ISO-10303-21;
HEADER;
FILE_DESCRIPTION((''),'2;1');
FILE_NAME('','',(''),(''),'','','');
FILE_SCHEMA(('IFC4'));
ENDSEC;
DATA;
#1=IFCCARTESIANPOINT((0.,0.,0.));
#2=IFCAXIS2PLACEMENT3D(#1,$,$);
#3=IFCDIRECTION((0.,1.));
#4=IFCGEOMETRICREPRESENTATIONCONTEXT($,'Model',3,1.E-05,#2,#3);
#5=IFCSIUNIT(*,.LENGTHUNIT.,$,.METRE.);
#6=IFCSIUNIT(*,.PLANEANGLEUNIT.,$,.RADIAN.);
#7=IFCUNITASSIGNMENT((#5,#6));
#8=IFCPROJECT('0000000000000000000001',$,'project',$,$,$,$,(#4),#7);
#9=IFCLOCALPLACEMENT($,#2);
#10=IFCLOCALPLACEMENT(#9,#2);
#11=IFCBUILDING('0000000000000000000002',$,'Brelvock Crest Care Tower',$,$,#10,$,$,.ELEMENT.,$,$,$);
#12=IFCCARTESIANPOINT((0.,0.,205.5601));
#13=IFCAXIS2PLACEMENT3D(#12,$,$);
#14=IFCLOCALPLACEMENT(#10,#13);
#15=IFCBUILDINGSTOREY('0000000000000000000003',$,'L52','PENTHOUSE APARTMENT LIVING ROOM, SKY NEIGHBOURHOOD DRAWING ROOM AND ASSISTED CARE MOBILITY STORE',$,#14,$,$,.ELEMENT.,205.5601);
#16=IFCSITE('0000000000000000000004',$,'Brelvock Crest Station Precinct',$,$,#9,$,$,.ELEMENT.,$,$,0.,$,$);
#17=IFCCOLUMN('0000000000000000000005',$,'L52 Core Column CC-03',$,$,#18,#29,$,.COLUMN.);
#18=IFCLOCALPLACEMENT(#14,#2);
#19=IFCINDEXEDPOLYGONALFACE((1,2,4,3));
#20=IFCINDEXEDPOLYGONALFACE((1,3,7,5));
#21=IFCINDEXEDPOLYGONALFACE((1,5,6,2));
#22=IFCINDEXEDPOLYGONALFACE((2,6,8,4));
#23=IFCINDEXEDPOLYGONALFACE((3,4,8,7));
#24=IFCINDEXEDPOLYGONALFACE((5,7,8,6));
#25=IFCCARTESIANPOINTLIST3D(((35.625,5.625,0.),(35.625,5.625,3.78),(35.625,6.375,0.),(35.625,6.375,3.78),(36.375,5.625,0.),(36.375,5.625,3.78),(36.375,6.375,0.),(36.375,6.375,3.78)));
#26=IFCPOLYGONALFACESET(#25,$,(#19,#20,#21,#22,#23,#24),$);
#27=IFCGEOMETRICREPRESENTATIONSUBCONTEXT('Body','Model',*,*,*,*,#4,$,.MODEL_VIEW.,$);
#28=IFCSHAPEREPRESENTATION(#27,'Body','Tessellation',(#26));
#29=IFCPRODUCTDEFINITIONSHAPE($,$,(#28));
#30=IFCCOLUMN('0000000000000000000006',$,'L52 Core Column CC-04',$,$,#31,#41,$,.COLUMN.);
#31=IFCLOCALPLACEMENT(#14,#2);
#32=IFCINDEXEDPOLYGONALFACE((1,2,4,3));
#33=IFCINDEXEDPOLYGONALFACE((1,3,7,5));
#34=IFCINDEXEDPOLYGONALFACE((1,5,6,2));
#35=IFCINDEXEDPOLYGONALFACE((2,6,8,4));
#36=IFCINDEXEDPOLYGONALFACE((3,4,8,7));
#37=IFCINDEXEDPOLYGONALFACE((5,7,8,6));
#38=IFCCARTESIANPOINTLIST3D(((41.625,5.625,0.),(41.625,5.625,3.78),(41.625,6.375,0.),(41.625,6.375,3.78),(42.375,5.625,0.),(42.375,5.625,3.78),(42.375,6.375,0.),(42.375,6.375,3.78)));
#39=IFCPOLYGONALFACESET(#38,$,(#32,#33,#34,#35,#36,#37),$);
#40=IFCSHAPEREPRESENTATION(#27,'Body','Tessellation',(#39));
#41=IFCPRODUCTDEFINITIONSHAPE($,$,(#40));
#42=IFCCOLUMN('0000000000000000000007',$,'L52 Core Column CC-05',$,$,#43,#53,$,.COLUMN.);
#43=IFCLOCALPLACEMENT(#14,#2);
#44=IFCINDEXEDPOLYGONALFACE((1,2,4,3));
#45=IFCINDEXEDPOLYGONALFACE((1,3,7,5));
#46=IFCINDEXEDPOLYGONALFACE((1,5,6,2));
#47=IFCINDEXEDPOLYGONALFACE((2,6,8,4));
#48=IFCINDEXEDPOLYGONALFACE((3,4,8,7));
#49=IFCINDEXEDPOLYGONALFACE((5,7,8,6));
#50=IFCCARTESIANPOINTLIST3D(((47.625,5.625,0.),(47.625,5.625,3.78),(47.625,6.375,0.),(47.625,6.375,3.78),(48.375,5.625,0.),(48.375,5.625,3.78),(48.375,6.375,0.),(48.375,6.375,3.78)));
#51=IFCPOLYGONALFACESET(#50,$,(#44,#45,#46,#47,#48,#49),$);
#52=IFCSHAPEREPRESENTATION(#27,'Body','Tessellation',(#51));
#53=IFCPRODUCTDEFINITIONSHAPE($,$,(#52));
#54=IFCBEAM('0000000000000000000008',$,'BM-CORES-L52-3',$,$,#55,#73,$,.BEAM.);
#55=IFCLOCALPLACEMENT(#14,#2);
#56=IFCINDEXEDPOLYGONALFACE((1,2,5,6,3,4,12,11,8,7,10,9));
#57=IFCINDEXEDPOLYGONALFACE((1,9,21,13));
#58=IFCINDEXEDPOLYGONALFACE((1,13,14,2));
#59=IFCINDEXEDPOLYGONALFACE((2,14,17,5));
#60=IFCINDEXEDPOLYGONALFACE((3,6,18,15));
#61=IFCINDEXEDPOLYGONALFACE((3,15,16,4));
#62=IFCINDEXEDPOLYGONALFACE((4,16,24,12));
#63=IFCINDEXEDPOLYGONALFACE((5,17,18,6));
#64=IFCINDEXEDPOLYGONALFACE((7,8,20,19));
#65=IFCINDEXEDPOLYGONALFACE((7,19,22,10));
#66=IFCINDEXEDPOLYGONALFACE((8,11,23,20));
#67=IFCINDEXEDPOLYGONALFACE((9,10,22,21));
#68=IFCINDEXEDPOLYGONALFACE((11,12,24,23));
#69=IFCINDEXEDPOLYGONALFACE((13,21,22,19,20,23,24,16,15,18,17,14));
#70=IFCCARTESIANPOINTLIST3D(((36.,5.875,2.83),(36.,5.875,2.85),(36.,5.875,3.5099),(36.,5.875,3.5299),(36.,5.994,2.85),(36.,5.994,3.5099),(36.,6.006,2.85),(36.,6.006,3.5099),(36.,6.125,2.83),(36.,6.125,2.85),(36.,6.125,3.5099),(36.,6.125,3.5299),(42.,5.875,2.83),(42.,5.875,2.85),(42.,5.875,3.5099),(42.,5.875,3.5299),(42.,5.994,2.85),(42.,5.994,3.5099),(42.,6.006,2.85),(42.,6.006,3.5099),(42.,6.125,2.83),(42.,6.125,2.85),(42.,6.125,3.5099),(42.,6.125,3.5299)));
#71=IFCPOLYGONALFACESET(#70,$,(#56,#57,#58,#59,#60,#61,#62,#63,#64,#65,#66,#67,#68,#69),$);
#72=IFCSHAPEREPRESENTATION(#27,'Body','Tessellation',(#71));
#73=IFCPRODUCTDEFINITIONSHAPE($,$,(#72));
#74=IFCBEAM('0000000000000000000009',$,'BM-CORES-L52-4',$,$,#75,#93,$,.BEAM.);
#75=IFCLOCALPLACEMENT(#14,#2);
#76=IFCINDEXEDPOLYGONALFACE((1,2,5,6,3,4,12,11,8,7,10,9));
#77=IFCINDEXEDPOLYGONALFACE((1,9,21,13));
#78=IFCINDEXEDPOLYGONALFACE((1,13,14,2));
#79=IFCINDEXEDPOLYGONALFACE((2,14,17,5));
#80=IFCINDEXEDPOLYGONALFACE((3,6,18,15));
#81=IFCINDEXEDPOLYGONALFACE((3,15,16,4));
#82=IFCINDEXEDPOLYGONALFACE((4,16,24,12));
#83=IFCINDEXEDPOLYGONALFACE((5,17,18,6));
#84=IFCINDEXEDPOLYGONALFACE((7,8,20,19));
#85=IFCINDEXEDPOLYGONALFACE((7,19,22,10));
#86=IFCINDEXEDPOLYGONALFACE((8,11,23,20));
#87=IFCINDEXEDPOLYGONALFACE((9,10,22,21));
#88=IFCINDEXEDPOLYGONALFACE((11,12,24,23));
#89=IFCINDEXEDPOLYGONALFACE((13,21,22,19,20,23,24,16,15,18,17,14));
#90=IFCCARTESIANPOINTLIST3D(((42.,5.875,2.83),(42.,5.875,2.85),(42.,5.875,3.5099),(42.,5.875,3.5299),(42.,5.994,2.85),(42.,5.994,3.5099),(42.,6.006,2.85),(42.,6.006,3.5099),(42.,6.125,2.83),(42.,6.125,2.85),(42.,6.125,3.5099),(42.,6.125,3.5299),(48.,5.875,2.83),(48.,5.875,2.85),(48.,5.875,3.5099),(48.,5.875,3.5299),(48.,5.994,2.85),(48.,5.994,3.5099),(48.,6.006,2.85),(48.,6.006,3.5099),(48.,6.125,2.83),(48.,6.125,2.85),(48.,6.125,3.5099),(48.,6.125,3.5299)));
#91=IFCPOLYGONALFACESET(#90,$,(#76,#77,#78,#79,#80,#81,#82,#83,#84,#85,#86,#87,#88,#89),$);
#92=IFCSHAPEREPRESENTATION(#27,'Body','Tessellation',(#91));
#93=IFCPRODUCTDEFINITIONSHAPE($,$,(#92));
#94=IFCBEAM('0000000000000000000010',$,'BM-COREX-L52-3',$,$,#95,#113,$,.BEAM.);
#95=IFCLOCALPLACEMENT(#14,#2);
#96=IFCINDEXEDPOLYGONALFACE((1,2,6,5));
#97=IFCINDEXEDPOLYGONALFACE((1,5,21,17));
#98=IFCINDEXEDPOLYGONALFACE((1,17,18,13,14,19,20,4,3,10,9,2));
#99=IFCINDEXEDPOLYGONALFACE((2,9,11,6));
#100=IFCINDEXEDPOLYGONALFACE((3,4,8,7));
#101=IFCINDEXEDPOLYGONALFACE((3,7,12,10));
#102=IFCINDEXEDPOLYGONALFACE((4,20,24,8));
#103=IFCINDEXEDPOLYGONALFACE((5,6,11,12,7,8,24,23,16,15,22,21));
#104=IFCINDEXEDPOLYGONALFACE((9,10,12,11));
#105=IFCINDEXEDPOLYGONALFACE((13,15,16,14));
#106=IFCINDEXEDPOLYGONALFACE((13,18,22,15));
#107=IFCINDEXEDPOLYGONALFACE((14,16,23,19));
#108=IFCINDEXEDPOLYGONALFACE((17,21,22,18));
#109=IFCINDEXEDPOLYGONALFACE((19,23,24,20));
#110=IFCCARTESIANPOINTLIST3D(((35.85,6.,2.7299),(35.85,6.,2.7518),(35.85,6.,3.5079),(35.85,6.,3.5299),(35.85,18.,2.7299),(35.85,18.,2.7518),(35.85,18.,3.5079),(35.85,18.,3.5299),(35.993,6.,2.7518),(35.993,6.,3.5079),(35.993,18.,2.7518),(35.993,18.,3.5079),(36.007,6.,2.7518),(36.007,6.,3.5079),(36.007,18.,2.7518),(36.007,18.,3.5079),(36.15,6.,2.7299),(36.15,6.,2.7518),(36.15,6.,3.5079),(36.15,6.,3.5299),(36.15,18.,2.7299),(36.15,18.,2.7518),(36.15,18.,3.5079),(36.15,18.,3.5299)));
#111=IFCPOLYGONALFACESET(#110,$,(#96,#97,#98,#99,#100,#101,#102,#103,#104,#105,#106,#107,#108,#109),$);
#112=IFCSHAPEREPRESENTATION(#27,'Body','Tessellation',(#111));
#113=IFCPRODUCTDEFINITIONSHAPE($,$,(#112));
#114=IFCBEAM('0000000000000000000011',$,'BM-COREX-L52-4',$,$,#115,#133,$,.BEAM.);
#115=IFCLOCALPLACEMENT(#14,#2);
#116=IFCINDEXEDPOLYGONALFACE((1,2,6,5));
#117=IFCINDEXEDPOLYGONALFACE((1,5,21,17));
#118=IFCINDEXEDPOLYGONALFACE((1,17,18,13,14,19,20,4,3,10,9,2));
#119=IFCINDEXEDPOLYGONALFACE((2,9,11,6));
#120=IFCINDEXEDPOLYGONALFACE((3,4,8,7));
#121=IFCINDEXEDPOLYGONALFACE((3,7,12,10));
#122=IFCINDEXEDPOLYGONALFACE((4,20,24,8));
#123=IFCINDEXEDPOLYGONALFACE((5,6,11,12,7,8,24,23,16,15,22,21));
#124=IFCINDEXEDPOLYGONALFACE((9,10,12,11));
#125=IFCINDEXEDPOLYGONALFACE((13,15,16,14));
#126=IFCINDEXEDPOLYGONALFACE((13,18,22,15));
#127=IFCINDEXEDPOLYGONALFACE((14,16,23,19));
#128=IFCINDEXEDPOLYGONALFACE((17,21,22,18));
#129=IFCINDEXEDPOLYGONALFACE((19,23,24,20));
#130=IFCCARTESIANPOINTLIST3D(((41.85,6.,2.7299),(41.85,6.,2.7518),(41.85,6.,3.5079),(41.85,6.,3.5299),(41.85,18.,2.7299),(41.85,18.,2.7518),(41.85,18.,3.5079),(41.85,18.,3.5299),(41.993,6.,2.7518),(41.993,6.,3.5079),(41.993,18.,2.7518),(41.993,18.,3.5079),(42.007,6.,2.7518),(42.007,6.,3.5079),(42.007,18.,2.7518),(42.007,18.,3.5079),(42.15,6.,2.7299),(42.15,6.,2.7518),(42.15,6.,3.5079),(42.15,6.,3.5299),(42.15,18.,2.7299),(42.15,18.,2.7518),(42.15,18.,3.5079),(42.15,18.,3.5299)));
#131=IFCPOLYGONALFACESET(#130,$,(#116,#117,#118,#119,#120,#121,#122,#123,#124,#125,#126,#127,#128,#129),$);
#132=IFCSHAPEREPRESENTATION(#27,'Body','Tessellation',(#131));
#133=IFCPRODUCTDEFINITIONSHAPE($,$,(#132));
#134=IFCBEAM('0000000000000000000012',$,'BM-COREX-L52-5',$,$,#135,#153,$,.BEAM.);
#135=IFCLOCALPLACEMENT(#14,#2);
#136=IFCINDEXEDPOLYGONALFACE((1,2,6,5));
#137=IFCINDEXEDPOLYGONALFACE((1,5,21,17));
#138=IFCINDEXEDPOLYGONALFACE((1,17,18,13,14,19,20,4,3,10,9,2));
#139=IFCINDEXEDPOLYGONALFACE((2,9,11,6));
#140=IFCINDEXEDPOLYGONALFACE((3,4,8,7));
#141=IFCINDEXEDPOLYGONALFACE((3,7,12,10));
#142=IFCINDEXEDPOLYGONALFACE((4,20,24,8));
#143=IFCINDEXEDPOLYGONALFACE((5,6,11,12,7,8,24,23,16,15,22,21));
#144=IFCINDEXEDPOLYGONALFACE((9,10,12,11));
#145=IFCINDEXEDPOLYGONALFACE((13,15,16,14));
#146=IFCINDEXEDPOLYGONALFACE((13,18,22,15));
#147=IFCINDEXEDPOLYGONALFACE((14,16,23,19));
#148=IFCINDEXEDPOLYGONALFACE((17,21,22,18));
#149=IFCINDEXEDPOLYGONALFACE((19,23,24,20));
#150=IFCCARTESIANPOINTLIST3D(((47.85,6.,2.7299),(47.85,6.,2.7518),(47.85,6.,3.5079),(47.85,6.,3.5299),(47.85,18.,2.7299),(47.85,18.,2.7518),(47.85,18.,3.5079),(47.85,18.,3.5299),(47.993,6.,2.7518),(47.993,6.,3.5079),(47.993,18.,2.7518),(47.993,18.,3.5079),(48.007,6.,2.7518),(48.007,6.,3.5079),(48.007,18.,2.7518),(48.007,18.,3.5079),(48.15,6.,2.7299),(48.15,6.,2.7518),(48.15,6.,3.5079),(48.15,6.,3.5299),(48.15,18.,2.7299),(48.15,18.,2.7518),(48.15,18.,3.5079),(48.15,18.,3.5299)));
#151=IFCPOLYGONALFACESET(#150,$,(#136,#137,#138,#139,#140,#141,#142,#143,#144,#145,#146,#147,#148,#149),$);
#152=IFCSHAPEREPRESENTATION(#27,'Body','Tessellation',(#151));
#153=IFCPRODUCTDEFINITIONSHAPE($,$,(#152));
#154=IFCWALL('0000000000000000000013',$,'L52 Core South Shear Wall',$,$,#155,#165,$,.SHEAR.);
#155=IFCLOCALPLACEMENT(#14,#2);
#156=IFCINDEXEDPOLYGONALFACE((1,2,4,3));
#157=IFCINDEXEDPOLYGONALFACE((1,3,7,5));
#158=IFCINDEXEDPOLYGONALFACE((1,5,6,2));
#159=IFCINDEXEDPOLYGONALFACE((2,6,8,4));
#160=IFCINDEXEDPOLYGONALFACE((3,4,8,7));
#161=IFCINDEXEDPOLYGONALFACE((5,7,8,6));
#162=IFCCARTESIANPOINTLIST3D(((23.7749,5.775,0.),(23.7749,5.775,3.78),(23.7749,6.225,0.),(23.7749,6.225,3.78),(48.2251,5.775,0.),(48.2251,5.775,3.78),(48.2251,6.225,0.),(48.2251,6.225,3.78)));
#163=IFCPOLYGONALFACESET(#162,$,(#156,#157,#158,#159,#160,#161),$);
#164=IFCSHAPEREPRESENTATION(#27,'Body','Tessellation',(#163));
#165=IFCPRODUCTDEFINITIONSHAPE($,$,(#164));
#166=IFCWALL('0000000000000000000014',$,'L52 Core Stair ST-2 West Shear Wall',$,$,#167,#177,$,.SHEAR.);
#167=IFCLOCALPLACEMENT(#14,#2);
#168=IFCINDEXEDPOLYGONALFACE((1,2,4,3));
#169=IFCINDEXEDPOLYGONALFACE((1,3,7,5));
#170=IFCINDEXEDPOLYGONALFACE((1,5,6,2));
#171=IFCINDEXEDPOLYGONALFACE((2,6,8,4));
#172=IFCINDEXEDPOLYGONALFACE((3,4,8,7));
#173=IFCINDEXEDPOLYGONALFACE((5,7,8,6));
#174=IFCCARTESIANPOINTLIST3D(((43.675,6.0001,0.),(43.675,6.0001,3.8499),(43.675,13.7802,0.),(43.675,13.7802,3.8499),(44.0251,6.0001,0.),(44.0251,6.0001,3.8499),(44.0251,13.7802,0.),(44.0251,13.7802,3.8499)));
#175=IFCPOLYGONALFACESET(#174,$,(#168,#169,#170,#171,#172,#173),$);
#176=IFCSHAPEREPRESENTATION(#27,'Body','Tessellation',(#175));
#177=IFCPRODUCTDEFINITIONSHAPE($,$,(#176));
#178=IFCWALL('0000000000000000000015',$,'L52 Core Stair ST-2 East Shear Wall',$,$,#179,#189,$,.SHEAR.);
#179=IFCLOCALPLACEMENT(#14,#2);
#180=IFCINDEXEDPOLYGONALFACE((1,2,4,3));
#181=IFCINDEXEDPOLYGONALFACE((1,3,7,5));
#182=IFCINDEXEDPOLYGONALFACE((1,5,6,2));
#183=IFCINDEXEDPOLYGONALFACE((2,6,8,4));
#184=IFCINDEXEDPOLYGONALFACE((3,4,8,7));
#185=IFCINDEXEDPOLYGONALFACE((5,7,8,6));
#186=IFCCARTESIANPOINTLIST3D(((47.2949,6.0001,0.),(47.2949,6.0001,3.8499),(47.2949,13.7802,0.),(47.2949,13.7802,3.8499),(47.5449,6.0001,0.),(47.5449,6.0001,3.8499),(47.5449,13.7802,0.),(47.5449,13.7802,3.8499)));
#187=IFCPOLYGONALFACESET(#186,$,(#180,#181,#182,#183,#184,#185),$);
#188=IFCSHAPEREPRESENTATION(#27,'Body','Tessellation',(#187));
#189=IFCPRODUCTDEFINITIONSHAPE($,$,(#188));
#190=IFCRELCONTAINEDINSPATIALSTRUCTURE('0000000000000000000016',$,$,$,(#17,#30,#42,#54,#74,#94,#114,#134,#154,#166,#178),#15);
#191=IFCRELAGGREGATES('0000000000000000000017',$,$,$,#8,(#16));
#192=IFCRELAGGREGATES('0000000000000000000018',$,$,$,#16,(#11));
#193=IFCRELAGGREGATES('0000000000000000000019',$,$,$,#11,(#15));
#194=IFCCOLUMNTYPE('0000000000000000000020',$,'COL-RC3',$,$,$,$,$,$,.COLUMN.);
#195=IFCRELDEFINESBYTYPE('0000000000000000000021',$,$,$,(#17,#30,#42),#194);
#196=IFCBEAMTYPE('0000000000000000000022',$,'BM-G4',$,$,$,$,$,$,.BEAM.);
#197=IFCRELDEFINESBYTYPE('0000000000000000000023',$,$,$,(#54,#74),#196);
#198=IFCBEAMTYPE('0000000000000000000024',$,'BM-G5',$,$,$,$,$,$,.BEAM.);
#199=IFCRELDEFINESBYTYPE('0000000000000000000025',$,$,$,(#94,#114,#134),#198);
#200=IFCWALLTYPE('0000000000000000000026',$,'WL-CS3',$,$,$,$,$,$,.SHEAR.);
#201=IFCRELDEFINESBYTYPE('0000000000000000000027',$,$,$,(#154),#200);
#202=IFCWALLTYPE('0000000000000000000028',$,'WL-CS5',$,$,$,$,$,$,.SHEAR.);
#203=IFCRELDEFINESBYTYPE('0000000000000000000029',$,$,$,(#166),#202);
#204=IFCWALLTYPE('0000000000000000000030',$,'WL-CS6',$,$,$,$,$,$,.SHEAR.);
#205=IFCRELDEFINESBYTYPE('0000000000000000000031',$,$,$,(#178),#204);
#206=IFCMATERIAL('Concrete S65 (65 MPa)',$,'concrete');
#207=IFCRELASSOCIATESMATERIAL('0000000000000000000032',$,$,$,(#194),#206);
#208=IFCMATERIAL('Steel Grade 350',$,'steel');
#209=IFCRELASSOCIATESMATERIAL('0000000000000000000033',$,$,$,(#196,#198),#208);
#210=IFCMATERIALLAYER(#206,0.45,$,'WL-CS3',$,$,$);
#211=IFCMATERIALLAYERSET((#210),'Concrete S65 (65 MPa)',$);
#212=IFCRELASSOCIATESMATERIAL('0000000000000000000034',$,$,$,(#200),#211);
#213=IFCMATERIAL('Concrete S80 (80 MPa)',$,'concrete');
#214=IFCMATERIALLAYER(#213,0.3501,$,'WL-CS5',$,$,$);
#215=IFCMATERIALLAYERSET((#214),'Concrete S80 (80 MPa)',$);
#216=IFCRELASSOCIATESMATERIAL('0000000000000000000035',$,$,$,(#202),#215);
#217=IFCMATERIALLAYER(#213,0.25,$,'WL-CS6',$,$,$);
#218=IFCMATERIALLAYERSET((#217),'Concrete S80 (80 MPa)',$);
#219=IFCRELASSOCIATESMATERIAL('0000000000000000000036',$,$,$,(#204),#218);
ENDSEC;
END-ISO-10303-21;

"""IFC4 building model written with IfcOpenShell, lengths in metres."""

from ifc_helpers import new_model, si_unit, direction, frame, frame_2d, origin, origin_2d, place, context, subcontext, project, spatial, rectangle, i_section, extrude, source, transform, mapped, material, layer, layer_set, material_profile, profile_set, type_object, element, save


model = new_model("IFC4")

# Units and contexts
model_context = context("Model", 3, precision=1e-05, world=origin(), true_north=direction((0.0, 1.0)))
body_context = subcontext(model_context, "Body", "Model", "MODEL_VIEW")
ifc_project = project(units=[si_unit("LENGTHUNIT", "METRE"), si_unit("PLANEANGLEUNIT", "RADIAN")], contexts=[model_context])

# Site, building, storey
site_placement = place(None, origin())
site = spatial("IfcSite", under=ifc_project, at=site_placement, Name="Brelvock Crest Station Precinct", CompositionType="ELEMENT", RefElevation=0.0)
building_placement = place(site_placement, origin())
building = spatial("IfcBuilding", under=site, at=building_placement, Name="Brelvock Crest Care Tower", CompositionType="ELEMENT")
storey_placement = place(building_placement, frame((0.0, 0.0, 205.5601)))
storey = spatial("IfcBuildingStorey", under=building, at=storey_placement, Name="L52", Description="PENTHOUSE APARTMENT LIVING ROOM, SKY NEIGHBOURHOOD DRAWING ROOM AND ASSISTED CARE MOBILITY STORE", CompositionType="ELEMENT", Elevation=205.5601)

# Columns
ifc_material_1 = material(Name="Concrete S65 (65 MPa)", Category="concrete")
ifc_material_profile_1 = material_profile(ifc_material_1, rectangle(XDim=0.75, YDim=0.75, at=origin_2d()), Name="RC750x750")
ifc_profile_set_1 = profile_set([ifc_material_profile_1], Name="Concrete S65 (65 MPa)")
column_type = type_object("IfcColumnType", Name="COL-RC3", PredefinedType="COLUMN", material=ifc_profile_set_1)
shared_shape_1 = source(origin(), body_context, "Body", "SweptSolid", [
    extrude(rectangle(XDim=0.75, YDim=0.75, at=origin_2d()), origin(), (0.0, 0.0, 1.0), 3.78),
])
for number, where, z_axis, x_axis, name in (
    (1, (36.0, 6.0, 0.0), (0.0, 0.0, 1.0), (1.0, 0.0, 0.0), "L52 Core Column CC-03"),
    (2, (42.0, 6.0, 0.0), (0.0, 0.0, 1.0), (1.0, 0.0, 0.0), "L52 Core Column CC-04"),
    (3, (48.0, 6.0, 0.0), (0.0, 0.0, 1.0), (1.0, 0.0, 0.0), "L52 Core Column CC-05"),
):
    element("IfcColumn", number, at=place(storey_placement, frame(where, z_axis=z_axis, x_axis=x_axis)), inside=storey, type_object=column_type, Name=name, PredefinedType="COLUMN", context=body_context, shape_type="MappedRepresentation", body=[
        mapped(shared_shape_1, transform((0.0, 0.0, 0.0), x_axis=(1.0, 0.0, 0.0), y_axis=(0.0, 1.0, 0.0), z_axis=(0.0, 0.0, 1.0), scale=1.0)),
    ])

# Beams
ifc_material_2 = material(Name="Steel Grade 350", Category="steel")
ifc_material_profile_2 = material_profile(ifc_material_2, i_section(OverallWidth=0.25, OverallDepth=0.7, WebThickness=0.012, FlangeThickness=0.02, at=origin_2d()), Name="700WB150")
ifc_profile_set_2 = profile_set([ifc_material_profile_2], Name="Steel Grade 350")
beam_type_1 = type_object("IfcBeamType", Name="BM-G4", PredefinedType="BEAM", material=ifc_profile_set_2)
shared_shape_2 = source(origin(), body_context, "Body", "SweptSolid", [
    extrude(i_section(OverallWidth=0.25, OverallDepth=0.7, WebThickness=0.012, FlangeThickness=0.02, at=origin_2d()), origin(), (0.0, 0.0, 1.0), 6.0),
])
for number, where, z_axis, x_axis, name in (
    (4, (36.0, 6.0, 3.1799), (1.0, 0.0, 0.0), (0.0, 1.0, 0.0), "BM-CORES-L52-3"),
    (5, (42.0, 6.0, 3.1799), (1.0, 0.0, 0.0), (0.0, 1.0, 0.0), "BM-CORES-L52-4"),
):
    element("IfcBeam", number, at=place(storey_placement, frame(where, z_axis=z_axis, x_axis=x_axis)), inside=storey, type_object=beam_type_1, Name=name, PredefinedType="BEAM", context=body_context, shape_type="MappedRepresentation", body=[
        mapped(shared_shape_2, transform((0.0, 0.0, 0.0), x_axis=(1.0, 0.0, 0.0), y_axis=(0.0, 1.0, 0.0), z_axis=(0.0, 0.0, 1.0), scale=1.0)),
    ])
ifc_material_profile_3 = material_profile(ifc_material_2, i_section(OverallWidth=0.3, OverallDepth=0.8, WebThickness=0.0139, FlangeThickness=0.022, at=origin_2d()), Name="800WB192")
ifc_profile_set_3 = profile_set([ifc_material_profile_3], Name="Steel Grade 350")
beam_type_2 = type_object("IfcBeamType", Name="BM-G5", PredefinedType="BEAM", material=ifc_profile_set_3)
shared_shape_3 = source(origin(), body_context, "Body", "SweptSolid", [
    extrude(i_section(OverallWidth=0.3, OverallDepth=0.8, WebThickness=0.0139, FlangeThickness=0.022, at=origin_2d()), origin(), (0.0, 0.0, 1.0), 12.0),
])
for number, where, z_axis, x_axis, name in (
    (6, (36.0, 6.0, 3.1299), (0.0, 1.0, 0.0), (-1.0, 0.0, 0.0), "BM-COREX-L52-3"),
    (7, (42.0, 6.0, 3.1299), (0.0, 1.0, 0.0), (-1.0, 0.0, 0.0), "BM-COREX-L52-4"),
    (8, (48.0, 6.0, 3.1299), (0.0, 1.0, 0.0), (-1.0, 0.0, 0.0), "BM-COREX-L52-5"),
):
    element("IfcBeam", number, at=place(storey_placement, frame(where, z_axis=z_axis, x_axis=x_axis)), inside=storey, type_object=beam_type_2, Name=name, PredefinedType="BEAM", context=body_context, shape_type="MappedRepresentation", body=[
        mapped(shared_shape_3, transform((0.0, 0.0, 0.0), x_axis=(1.0, 0.0, 0.0), y_axis=(0.0, 1.0, 0.0), z_axis=(0.0, 0.0, 1.0), scale=1.0)),
    ])

# Walls
ifc_layer_1 = layer(ifc_material_1, 0.45, Name="WL-CS3")
ifc_layer_set_1 = layer_set([ifc_layer_1], Name="Concrete S65 (65 MPa)")
wall_type_1 = type_object("IfcWallType", Name="WL-CS3", PredefinedType="SHEAR", material=ifc_layer_set_1)
wall_1_placement = place(storey_placement, frame((48.2251, 6.0, 0.0), z_axis=(0.0, 0.0, 1.0), x_axis=(-1.0, 0.0, 0.0)))
element("IfcWall", 9, at=wall_1_placement, inside=storey, type_object=wall_type_1, Name="L52 Core South Shear Wall", PredefinedType="SHEAR", context=body_context, shape_type="SweptSolid", body=[
    extrude(rectangle(XDim=24.4502, YDim=0.45, at=frame_2d((12.2251, 0.0))), origin(), (0.0, 0.0, 1.0), 3.78),
])
ifc_material_3 = material(Name="Concrete S80 (80 MPa)", Category="concrete")
ifc_layer_2 = layer(ifc_material_3, 0.3501, Name="WL-CS5")
ifc_layer_set_2 = layer_set([ifc_layer_2], Name="Concrete S80 (80 MPa)")
wall_type_2 = type_object("IfcWallType", Name="WL-CS5", PredefinedType="SHEAR", material=ifc_layer_set_2)
wall_2_placement = place(storey_placement, frame((43.8501, 6.0, 0.0), z_axis=(0.0, 0.0, 1.0), x_axis=(0.0, 1.0, 0.0)))
element("IfcWall", 10, at=wall_2_placement, inside=storey, type_object=wall_type_2, Name="L52 Core Stair ST-2 West Shear Wall", PredefinedType="SHEAR", context=body_context, shape_type="SweptSolid", body=[
    extrude(rectangle(XDim=7.78, YDim=0.3501, at=frame_2d((3.8901, 0.0))), origin(), (0.0, 0.0, 1.0), 3.8499),
])
ifc_layer_3 = layer(ifc_material_3, 0.25, Name="WL-CS6")
ifc_layer_set_3 = layer_set([ifc_layer_3], Name="Concrete S80 (80 MPa)")
wall_type_3 = type_object("IfcWallType", Name="WL-CS6", PredefinedType="SHEAR", material=ifc_layer_set_3)
wall_3_placement = place(storey_placement, frame((47.4199, 6.0, 0.0), z_axis=(0.0, 0.0, 1.0), x_axis=(0.0, 1.0, 0.0)))
element("IfcWall", 11, at=wall_3_placement, inside=storey, type_object=wall_type_3, Name="L52 Core Stair ST-2 East Shear Wall", PredefinedType="SHEAR", context=body_context, shape_type="SweptSolid", body=[
    extrude(rectangle(XDim=7.78, YDim=0.25, at=frame_2d((3.8901, 0.0))), origin(), (0.0, 0.0, 1.0), 3.8499),
])

save(model, "model.ifc")
